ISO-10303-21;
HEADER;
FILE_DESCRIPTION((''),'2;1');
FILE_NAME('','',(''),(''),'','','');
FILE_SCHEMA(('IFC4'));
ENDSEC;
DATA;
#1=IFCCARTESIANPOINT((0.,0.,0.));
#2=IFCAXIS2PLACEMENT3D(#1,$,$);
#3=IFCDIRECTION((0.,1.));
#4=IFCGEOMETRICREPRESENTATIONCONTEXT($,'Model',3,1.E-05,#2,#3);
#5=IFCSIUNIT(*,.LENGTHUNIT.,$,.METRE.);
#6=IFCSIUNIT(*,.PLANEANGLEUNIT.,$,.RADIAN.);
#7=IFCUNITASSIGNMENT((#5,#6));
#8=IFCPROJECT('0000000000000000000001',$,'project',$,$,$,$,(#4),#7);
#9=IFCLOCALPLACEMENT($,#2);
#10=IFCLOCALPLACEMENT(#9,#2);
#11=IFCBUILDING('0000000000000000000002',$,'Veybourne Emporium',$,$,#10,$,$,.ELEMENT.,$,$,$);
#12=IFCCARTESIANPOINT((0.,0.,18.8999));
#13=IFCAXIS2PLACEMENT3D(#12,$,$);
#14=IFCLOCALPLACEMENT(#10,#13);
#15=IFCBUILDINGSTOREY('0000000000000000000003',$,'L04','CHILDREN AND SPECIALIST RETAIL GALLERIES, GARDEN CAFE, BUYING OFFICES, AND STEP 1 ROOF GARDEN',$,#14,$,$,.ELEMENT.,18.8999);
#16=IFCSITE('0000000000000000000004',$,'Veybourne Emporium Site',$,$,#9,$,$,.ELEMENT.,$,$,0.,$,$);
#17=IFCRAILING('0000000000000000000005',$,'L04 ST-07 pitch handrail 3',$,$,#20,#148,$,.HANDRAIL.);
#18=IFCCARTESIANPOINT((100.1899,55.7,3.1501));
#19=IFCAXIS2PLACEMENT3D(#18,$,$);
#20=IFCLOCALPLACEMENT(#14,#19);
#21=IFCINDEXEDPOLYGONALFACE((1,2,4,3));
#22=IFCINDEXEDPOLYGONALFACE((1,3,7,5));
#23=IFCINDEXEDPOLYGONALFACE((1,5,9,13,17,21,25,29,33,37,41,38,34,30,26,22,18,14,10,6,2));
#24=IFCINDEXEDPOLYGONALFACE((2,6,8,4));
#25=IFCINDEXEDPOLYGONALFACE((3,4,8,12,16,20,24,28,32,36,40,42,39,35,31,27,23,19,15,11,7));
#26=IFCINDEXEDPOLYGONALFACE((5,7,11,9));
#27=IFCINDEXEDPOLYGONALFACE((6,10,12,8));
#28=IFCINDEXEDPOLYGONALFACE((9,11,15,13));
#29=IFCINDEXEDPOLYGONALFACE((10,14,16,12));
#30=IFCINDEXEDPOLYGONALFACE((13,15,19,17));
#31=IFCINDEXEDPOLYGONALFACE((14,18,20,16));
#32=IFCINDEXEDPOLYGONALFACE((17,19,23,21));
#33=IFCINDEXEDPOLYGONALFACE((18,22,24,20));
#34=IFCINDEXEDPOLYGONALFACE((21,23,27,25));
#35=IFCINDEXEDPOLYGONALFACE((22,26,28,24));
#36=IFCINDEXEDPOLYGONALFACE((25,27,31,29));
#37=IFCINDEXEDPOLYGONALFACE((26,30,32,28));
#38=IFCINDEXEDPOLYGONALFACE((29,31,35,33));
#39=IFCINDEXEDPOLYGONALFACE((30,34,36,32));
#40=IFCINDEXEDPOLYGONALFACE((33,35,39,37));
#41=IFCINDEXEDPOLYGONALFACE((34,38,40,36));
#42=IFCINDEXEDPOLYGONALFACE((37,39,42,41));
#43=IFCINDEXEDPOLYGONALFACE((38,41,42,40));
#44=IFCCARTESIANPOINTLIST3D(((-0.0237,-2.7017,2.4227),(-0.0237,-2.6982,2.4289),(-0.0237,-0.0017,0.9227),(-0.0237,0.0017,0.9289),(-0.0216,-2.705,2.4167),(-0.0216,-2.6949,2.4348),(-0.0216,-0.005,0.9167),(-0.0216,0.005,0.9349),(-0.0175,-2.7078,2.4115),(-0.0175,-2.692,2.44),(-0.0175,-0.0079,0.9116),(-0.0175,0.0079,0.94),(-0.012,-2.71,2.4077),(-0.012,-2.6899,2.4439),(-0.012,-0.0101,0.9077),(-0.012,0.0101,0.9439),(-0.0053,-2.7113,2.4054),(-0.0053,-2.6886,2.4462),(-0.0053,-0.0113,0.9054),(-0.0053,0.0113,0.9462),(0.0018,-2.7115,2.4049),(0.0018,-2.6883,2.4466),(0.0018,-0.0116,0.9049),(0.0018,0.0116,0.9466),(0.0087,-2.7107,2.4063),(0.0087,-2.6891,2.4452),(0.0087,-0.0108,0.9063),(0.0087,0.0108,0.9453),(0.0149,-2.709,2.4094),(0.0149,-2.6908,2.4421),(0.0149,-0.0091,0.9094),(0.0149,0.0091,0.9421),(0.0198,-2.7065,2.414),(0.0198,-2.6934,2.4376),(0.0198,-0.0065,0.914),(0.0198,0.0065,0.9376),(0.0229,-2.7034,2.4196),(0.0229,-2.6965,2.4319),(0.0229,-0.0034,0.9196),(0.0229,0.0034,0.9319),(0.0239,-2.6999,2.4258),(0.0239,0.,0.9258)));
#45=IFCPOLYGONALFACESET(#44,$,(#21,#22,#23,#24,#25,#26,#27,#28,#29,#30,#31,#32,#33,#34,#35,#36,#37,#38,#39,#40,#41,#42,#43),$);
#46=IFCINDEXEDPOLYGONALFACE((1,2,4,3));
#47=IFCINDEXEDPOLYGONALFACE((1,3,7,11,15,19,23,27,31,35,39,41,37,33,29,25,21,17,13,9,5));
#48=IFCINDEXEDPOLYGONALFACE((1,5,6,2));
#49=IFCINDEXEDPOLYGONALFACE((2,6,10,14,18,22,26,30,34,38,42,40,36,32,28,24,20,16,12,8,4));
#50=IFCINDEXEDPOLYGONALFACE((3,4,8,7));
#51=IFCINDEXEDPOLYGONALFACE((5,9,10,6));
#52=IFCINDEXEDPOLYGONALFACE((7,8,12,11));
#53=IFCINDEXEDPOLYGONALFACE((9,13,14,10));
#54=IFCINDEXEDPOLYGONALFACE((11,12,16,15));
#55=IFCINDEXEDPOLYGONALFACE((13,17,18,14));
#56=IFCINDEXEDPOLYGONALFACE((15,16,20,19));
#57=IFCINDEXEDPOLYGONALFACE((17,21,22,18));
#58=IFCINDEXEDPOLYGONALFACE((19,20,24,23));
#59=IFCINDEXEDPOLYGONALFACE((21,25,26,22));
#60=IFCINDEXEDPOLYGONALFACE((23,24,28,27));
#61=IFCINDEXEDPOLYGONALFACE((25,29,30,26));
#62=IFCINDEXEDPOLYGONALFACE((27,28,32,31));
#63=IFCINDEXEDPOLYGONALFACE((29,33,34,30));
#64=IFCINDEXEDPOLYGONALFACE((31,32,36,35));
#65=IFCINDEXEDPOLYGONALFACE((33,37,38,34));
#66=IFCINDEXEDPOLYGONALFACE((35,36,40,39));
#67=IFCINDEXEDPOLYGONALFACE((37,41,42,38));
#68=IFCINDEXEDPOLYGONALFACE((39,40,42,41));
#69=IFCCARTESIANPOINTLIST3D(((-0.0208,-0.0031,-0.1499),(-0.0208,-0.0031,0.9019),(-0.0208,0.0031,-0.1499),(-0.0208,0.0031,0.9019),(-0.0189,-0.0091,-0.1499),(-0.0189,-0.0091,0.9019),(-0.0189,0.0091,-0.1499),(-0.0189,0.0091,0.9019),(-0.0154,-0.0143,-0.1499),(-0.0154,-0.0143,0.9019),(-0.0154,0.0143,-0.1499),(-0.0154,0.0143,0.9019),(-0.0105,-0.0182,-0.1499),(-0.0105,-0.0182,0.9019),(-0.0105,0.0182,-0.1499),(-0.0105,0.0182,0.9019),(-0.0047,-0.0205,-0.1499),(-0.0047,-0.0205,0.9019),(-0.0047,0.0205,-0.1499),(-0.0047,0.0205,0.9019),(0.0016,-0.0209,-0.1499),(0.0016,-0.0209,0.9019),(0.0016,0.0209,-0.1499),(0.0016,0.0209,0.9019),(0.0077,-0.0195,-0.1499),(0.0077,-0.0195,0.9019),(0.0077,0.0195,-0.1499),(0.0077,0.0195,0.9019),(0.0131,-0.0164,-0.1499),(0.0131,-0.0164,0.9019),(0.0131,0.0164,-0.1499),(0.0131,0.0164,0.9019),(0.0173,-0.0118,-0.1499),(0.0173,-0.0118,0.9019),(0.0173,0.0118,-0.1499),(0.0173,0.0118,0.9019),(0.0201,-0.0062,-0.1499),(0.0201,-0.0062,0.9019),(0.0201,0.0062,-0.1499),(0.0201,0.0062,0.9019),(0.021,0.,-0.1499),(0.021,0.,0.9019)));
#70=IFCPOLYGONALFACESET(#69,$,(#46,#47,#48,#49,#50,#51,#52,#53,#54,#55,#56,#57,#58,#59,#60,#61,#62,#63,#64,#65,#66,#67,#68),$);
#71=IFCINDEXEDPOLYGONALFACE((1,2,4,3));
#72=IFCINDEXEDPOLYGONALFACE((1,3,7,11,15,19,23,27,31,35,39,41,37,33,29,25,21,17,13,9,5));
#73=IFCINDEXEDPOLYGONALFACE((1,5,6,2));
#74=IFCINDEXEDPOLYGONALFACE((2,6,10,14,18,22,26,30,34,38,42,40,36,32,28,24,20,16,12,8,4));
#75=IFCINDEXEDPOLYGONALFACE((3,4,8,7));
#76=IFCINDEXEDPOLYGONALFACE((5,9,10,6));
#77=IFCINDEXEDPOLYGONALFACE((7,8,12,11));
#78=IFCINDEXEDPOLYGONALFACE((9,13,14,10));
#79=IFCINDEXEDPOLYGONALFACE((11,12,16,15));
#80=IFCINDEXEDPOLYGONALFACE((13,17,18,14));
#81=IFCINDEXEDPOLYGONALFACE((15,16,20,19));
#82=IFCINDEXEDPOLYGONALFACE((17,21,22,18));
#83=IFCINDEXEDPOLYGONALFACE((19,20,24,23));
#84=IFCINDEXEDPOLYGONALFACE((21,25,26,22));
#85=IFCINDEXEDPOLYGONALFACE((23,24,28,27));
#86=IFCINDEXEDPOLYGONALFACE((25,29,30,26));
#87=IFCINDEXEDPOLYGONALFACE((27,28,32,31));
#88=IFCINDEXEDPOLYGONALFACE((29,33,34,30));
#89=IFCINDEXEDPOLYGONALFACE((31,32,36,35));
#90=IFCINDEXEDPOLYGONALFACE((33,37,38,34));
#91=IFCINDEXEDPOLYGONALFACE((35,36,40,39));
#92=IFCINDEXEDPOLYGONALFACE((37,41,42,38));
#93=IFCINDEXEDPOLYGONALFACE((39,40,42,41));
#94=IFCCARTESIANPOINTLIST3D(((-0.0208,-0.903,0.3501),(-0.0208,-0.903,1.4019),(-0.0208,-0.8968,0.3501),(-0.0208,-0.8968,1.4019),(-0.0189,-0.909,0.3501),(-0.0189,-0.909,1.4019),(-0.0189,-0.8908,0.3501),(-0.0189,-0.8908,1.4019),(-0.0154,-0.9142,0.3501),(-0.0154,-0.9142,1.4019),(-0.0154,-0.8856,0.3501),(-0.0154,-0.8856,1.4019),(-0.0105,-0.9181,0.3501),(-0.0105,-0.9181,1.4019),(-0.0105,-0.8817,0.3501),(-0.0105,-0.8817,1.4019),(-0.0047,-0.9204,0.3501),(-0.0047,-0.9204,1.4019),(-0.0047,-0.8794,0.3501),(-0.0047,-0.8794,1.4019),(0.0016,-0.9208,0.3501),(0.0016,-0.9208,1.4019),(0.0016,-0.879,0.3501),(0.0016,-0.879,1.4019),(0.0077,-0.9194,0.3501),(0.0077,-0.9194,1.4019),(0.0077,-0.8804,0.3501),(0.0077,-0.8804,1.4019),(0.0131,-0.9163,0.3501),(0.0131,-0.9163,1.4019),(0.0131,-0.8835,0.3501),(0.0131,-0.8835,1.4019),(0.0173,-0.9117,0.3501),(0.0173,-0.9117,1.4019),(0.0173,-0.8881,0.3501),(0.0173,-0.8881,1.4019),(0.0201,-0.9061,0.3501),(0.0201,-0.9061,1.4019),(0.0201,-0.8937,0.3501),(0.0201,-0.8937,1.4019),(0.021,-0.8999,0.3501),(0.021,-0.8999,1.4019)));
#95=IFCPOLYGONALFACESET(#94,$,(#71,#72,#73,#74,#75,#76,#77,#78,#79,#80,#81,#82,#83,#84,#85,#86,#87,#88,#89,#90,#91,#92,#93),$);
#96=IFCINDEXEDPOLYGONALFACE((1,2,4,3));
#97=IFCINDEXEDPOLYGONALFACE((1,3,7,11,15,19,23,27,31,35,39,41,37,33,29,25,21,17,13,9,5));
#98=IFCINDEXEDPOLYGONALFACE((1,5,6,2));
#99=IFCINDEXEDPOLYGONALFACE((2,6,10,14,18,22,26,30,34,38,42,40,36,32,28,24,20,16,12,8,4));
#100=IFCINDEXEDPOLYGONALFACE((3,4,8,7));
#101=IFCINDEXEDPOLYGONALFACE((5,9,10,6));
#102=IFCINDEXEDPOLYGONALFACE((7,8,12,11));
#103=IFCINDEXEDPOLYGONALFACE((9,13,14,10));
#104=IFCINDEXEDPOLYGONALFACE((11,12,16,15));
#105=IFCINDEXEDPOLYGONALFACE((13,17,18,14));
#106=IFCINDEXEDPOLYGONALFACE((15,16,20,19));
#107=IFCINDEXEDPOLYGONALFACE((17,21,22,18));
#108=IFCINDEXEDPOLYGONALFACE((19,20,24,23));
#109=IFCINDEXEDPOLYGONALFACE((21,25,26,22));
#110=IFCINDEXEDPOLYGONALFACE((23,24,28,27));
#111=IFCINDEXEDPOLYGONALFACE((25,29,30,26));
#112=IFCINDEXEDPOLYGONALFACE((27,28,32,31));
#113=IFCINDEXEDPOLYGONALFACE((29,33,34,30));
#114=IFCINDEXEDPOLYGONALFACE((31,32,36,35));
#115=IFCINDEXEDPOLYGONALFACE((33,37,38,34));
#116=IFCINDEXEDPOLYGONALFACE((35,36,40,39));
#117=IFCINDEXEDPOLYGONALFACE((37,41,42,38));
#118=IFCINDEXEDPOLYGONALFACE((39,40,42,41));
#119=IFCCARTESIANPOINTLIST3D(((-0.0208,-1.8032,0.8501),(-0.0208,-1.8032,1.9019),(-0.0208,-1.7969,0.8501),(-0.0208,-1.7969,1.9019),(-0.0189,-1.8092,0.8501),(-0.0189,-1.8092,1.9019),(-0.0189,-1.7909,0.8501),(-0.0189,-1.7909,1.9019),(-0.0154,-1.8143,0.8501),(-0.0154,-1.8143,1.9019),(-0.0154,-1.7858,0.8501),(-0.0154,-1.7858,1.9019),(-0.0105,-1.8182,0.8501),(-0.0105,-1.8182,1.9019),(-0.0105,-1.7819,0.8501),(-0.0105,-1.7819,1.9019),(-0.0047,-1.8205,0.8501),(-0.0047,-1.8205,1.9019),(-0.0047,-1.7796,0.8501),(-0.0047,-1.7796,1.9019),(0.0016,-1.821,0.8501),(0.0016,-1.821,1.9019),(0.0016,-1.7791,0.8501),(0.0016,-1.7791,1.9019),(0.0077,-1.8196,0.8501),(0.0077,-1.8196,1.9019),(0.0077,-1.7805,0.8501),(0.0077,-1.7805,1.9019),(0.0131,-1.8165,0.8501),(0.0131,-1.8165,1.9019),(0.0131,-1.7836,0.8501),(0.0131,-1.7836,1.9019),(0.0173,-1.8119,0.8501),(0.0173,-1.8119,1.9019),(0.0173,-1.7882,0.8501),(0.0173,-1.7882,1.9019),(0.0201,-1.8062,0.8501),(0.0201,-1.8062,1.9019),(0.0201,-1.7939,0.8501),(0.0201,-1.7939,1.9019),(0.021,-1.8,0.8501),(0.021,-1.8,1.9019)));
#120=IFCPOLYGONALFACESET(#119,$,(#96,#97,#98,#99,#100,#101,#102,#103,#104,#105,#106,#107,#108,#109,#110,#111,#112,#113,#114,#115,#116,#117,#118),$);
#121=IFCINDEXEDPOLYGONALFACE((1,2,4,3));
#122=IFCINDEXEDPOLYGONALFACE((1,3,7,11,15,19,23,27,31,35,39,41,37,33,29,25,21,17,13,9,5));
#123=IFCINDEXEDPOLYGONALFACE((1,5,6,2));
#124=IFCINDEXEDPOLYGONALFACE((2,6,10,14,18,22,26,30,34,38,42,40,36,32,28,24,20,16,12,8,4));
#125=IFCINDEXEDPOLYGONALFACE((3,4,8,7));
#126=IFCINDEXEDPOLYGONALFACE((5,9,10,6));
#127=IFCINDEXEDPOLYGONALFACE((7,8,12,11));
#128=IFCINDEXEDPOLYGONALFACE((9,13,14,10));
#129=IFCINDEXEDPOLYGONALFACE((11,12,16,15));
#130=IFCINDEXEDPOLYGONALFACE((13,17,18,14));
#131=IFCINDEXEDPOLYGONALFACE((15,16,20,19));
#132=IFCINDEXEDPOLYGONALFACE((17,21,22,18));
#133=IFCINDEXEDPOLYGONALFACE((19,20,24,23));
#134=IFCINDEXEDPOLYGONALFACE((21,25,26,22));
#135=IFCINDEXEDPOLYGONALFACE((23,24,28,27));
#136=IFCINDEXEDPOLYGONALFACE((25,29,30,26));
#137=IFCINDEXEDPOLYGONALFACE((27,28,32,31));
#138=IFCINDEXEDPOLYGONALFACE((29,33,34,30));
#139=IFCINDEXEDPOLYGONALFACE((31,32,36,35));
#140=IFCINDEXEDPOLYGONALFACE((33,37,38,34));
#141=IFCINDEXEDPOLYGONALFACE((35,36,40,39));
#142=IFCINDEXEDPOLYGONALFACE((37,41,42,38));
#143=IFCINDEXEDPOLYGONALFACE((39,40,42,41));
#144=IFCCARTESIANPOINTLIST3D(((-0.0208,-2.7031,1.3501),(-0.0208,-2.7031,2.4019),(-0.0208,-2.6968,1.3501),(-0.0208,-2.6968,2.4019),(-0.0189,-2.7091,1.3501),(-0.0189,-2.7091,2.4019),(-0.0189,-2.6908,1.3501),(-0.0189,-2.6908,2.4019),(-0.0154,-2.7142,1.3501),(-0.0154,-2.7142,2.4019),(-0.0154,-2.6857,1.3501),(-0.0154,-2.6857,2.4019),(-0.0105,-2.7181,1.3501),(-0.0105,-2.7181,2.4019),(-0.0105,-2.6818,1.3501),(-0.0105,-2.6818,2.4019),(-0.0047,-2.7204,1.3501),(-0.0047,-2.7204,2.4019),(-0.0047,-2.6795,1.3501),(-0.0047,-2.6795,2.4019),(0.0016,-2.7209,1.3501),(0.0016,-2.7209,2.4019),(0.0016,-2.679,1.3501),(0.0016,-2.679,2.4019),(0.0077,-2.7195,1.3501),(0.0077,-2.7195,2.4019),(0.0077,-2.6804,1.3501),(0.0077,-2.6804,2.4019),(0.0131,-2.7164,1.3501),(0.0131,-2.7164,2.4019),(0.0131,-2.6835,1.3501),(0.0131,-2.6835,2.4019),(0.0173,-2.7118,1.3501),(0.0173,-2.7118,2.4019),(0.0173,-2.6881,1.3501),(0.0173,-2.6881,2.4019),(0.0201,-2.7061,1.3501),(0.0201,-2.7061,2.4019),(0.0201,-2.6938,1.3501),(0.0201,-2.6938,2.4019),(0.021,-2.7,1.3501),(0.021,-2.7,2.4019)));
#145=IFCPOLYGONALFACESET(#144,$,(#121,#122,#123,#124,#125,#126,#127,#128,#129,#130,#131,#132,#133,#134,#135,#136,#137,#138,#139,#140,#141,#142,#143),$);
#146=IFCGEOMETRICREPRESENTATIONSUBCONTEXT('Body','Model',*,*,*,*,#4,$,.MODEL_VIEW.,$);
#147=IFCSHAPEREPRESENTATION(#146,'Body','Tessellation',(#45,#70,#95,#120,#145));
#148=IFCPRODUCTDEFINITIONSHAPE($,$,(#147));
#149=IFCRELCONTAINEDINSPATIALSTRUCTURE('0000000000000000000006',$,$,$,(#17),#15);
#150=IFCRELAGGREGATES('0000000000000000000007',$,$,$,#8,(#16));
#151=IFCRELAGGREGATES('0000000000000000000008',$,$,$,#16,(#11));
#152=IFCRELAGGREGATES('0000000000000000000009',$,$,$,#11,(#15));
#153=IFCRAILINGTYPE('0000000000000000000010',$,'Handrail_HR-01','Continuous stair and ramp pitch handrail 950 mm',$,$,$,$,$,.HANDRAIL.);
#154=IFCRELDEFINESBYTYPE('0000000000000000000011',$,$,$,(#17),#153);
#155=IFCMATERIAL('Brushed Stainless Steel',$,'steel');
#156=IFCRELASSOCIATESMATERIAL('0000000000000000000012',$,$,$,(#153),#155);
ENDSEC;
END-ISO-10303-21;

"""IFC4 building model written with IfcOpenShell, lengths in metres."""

from ifc_helpers import new_model, si_unit, direction, frame, origin, origin_2d, place, context, subcontext, project, spatial, circle, extrude, material, type_object, element, save


model = new_model("IFC4")

# Units and contexts
model_context = context("Model", 3, precision=1e-05, world=origin(), true_north=direction((0.0, 1.0)))
body_context = subcontext(model_context, "Body", "Model", "MODEL_VIEW")
ifc_project = project(units=[si_unit("LENGTHUNIT", "METRE"), si_unit("PLANEANGLEUNIT", "RADIAN")], contexts=[model_context])

# Site, building, storey
site_placement = place(None, origin())
site = spatial("IfcSite", under=ifc_project, at=site_placement, Name="Veybourne Emporium Site", CompositionType="ELEMENT", RefElevation=0.0)
building_placement = place(site_placement, origin())
building = spatial("IfcBuilding", under=site, at=building_placement, Name="Veybourne Emporium", CompositionType="ELEMENT")
storey_placement = place(building_placement, frame((0.0, 0.0, 18.8999)))
storey = spatial("IfcBuildingStorey", under=building, at=storey_placement, Name="L04", Description="CHILDREN AND SPECIALIST RETAIL GALLERIES, GARDEN CAFE, BUYING OFFICES, AND STEP 1 ROOF GARDEN", CompositionType="ELEMENT", Elevation=18.8999)

# Railing
ifc_material_1 = material(Name="Brushed Stainless Steel", Category="steel")
railing_type_1 = type_object("IfcRailingType", Name="Handrail_HR-01", Description="Continuous stair and ramp pitch handrail 950 mm", PredefinedType="HANDRAIL", material=ifc_material_1)
railing_1_placement = place(storey_placement, frame((100.1899, 55.7, 3.1501)))
element("IfcRailing", 1, at=railing_1_placement, inside=storey, type_object=railing_type_1, Name="L04 ST-07 pitch handrail 3", PredefinedType="HANDRAIL", context=body_context, shape_type="SweptSolid", body=[
    extrude(circle(Radius=0.0239, at=origin_2d()), frame((0.0, 0.0, 0.9258), z_axis=(0.0, -0.874154, 0.48565), x_axis=(1.0, 0.0, 0.0)), (0.0, 0.0, 1.0), 3.0886),
    extrude(circle(Radius=0.021, at=origin_2d()), frame((0.0, 0.0, -0.1499)), (0.0, 0.0, 1.0), 1.0518),
    extrude(circle(Radius=0.021, at=origin_2d()), frame((0.0, -0.8999, 0.3501)), (0.0, 0.0, 1.0), 1.0518),
    extrude(circle(Radius=0.021, at=origin_2d()), frame((0.0, -1.8, 0.8501)), (0.0, 0.0, 1.0), 1.0518),
    extrude(circle(Radius=0.021, at=origin_2d()), frame((0.0, -2.7, 1.3501)), (0.0, 0.0, 1.0), 1.0518),
])

save(model, "model.ifc")
